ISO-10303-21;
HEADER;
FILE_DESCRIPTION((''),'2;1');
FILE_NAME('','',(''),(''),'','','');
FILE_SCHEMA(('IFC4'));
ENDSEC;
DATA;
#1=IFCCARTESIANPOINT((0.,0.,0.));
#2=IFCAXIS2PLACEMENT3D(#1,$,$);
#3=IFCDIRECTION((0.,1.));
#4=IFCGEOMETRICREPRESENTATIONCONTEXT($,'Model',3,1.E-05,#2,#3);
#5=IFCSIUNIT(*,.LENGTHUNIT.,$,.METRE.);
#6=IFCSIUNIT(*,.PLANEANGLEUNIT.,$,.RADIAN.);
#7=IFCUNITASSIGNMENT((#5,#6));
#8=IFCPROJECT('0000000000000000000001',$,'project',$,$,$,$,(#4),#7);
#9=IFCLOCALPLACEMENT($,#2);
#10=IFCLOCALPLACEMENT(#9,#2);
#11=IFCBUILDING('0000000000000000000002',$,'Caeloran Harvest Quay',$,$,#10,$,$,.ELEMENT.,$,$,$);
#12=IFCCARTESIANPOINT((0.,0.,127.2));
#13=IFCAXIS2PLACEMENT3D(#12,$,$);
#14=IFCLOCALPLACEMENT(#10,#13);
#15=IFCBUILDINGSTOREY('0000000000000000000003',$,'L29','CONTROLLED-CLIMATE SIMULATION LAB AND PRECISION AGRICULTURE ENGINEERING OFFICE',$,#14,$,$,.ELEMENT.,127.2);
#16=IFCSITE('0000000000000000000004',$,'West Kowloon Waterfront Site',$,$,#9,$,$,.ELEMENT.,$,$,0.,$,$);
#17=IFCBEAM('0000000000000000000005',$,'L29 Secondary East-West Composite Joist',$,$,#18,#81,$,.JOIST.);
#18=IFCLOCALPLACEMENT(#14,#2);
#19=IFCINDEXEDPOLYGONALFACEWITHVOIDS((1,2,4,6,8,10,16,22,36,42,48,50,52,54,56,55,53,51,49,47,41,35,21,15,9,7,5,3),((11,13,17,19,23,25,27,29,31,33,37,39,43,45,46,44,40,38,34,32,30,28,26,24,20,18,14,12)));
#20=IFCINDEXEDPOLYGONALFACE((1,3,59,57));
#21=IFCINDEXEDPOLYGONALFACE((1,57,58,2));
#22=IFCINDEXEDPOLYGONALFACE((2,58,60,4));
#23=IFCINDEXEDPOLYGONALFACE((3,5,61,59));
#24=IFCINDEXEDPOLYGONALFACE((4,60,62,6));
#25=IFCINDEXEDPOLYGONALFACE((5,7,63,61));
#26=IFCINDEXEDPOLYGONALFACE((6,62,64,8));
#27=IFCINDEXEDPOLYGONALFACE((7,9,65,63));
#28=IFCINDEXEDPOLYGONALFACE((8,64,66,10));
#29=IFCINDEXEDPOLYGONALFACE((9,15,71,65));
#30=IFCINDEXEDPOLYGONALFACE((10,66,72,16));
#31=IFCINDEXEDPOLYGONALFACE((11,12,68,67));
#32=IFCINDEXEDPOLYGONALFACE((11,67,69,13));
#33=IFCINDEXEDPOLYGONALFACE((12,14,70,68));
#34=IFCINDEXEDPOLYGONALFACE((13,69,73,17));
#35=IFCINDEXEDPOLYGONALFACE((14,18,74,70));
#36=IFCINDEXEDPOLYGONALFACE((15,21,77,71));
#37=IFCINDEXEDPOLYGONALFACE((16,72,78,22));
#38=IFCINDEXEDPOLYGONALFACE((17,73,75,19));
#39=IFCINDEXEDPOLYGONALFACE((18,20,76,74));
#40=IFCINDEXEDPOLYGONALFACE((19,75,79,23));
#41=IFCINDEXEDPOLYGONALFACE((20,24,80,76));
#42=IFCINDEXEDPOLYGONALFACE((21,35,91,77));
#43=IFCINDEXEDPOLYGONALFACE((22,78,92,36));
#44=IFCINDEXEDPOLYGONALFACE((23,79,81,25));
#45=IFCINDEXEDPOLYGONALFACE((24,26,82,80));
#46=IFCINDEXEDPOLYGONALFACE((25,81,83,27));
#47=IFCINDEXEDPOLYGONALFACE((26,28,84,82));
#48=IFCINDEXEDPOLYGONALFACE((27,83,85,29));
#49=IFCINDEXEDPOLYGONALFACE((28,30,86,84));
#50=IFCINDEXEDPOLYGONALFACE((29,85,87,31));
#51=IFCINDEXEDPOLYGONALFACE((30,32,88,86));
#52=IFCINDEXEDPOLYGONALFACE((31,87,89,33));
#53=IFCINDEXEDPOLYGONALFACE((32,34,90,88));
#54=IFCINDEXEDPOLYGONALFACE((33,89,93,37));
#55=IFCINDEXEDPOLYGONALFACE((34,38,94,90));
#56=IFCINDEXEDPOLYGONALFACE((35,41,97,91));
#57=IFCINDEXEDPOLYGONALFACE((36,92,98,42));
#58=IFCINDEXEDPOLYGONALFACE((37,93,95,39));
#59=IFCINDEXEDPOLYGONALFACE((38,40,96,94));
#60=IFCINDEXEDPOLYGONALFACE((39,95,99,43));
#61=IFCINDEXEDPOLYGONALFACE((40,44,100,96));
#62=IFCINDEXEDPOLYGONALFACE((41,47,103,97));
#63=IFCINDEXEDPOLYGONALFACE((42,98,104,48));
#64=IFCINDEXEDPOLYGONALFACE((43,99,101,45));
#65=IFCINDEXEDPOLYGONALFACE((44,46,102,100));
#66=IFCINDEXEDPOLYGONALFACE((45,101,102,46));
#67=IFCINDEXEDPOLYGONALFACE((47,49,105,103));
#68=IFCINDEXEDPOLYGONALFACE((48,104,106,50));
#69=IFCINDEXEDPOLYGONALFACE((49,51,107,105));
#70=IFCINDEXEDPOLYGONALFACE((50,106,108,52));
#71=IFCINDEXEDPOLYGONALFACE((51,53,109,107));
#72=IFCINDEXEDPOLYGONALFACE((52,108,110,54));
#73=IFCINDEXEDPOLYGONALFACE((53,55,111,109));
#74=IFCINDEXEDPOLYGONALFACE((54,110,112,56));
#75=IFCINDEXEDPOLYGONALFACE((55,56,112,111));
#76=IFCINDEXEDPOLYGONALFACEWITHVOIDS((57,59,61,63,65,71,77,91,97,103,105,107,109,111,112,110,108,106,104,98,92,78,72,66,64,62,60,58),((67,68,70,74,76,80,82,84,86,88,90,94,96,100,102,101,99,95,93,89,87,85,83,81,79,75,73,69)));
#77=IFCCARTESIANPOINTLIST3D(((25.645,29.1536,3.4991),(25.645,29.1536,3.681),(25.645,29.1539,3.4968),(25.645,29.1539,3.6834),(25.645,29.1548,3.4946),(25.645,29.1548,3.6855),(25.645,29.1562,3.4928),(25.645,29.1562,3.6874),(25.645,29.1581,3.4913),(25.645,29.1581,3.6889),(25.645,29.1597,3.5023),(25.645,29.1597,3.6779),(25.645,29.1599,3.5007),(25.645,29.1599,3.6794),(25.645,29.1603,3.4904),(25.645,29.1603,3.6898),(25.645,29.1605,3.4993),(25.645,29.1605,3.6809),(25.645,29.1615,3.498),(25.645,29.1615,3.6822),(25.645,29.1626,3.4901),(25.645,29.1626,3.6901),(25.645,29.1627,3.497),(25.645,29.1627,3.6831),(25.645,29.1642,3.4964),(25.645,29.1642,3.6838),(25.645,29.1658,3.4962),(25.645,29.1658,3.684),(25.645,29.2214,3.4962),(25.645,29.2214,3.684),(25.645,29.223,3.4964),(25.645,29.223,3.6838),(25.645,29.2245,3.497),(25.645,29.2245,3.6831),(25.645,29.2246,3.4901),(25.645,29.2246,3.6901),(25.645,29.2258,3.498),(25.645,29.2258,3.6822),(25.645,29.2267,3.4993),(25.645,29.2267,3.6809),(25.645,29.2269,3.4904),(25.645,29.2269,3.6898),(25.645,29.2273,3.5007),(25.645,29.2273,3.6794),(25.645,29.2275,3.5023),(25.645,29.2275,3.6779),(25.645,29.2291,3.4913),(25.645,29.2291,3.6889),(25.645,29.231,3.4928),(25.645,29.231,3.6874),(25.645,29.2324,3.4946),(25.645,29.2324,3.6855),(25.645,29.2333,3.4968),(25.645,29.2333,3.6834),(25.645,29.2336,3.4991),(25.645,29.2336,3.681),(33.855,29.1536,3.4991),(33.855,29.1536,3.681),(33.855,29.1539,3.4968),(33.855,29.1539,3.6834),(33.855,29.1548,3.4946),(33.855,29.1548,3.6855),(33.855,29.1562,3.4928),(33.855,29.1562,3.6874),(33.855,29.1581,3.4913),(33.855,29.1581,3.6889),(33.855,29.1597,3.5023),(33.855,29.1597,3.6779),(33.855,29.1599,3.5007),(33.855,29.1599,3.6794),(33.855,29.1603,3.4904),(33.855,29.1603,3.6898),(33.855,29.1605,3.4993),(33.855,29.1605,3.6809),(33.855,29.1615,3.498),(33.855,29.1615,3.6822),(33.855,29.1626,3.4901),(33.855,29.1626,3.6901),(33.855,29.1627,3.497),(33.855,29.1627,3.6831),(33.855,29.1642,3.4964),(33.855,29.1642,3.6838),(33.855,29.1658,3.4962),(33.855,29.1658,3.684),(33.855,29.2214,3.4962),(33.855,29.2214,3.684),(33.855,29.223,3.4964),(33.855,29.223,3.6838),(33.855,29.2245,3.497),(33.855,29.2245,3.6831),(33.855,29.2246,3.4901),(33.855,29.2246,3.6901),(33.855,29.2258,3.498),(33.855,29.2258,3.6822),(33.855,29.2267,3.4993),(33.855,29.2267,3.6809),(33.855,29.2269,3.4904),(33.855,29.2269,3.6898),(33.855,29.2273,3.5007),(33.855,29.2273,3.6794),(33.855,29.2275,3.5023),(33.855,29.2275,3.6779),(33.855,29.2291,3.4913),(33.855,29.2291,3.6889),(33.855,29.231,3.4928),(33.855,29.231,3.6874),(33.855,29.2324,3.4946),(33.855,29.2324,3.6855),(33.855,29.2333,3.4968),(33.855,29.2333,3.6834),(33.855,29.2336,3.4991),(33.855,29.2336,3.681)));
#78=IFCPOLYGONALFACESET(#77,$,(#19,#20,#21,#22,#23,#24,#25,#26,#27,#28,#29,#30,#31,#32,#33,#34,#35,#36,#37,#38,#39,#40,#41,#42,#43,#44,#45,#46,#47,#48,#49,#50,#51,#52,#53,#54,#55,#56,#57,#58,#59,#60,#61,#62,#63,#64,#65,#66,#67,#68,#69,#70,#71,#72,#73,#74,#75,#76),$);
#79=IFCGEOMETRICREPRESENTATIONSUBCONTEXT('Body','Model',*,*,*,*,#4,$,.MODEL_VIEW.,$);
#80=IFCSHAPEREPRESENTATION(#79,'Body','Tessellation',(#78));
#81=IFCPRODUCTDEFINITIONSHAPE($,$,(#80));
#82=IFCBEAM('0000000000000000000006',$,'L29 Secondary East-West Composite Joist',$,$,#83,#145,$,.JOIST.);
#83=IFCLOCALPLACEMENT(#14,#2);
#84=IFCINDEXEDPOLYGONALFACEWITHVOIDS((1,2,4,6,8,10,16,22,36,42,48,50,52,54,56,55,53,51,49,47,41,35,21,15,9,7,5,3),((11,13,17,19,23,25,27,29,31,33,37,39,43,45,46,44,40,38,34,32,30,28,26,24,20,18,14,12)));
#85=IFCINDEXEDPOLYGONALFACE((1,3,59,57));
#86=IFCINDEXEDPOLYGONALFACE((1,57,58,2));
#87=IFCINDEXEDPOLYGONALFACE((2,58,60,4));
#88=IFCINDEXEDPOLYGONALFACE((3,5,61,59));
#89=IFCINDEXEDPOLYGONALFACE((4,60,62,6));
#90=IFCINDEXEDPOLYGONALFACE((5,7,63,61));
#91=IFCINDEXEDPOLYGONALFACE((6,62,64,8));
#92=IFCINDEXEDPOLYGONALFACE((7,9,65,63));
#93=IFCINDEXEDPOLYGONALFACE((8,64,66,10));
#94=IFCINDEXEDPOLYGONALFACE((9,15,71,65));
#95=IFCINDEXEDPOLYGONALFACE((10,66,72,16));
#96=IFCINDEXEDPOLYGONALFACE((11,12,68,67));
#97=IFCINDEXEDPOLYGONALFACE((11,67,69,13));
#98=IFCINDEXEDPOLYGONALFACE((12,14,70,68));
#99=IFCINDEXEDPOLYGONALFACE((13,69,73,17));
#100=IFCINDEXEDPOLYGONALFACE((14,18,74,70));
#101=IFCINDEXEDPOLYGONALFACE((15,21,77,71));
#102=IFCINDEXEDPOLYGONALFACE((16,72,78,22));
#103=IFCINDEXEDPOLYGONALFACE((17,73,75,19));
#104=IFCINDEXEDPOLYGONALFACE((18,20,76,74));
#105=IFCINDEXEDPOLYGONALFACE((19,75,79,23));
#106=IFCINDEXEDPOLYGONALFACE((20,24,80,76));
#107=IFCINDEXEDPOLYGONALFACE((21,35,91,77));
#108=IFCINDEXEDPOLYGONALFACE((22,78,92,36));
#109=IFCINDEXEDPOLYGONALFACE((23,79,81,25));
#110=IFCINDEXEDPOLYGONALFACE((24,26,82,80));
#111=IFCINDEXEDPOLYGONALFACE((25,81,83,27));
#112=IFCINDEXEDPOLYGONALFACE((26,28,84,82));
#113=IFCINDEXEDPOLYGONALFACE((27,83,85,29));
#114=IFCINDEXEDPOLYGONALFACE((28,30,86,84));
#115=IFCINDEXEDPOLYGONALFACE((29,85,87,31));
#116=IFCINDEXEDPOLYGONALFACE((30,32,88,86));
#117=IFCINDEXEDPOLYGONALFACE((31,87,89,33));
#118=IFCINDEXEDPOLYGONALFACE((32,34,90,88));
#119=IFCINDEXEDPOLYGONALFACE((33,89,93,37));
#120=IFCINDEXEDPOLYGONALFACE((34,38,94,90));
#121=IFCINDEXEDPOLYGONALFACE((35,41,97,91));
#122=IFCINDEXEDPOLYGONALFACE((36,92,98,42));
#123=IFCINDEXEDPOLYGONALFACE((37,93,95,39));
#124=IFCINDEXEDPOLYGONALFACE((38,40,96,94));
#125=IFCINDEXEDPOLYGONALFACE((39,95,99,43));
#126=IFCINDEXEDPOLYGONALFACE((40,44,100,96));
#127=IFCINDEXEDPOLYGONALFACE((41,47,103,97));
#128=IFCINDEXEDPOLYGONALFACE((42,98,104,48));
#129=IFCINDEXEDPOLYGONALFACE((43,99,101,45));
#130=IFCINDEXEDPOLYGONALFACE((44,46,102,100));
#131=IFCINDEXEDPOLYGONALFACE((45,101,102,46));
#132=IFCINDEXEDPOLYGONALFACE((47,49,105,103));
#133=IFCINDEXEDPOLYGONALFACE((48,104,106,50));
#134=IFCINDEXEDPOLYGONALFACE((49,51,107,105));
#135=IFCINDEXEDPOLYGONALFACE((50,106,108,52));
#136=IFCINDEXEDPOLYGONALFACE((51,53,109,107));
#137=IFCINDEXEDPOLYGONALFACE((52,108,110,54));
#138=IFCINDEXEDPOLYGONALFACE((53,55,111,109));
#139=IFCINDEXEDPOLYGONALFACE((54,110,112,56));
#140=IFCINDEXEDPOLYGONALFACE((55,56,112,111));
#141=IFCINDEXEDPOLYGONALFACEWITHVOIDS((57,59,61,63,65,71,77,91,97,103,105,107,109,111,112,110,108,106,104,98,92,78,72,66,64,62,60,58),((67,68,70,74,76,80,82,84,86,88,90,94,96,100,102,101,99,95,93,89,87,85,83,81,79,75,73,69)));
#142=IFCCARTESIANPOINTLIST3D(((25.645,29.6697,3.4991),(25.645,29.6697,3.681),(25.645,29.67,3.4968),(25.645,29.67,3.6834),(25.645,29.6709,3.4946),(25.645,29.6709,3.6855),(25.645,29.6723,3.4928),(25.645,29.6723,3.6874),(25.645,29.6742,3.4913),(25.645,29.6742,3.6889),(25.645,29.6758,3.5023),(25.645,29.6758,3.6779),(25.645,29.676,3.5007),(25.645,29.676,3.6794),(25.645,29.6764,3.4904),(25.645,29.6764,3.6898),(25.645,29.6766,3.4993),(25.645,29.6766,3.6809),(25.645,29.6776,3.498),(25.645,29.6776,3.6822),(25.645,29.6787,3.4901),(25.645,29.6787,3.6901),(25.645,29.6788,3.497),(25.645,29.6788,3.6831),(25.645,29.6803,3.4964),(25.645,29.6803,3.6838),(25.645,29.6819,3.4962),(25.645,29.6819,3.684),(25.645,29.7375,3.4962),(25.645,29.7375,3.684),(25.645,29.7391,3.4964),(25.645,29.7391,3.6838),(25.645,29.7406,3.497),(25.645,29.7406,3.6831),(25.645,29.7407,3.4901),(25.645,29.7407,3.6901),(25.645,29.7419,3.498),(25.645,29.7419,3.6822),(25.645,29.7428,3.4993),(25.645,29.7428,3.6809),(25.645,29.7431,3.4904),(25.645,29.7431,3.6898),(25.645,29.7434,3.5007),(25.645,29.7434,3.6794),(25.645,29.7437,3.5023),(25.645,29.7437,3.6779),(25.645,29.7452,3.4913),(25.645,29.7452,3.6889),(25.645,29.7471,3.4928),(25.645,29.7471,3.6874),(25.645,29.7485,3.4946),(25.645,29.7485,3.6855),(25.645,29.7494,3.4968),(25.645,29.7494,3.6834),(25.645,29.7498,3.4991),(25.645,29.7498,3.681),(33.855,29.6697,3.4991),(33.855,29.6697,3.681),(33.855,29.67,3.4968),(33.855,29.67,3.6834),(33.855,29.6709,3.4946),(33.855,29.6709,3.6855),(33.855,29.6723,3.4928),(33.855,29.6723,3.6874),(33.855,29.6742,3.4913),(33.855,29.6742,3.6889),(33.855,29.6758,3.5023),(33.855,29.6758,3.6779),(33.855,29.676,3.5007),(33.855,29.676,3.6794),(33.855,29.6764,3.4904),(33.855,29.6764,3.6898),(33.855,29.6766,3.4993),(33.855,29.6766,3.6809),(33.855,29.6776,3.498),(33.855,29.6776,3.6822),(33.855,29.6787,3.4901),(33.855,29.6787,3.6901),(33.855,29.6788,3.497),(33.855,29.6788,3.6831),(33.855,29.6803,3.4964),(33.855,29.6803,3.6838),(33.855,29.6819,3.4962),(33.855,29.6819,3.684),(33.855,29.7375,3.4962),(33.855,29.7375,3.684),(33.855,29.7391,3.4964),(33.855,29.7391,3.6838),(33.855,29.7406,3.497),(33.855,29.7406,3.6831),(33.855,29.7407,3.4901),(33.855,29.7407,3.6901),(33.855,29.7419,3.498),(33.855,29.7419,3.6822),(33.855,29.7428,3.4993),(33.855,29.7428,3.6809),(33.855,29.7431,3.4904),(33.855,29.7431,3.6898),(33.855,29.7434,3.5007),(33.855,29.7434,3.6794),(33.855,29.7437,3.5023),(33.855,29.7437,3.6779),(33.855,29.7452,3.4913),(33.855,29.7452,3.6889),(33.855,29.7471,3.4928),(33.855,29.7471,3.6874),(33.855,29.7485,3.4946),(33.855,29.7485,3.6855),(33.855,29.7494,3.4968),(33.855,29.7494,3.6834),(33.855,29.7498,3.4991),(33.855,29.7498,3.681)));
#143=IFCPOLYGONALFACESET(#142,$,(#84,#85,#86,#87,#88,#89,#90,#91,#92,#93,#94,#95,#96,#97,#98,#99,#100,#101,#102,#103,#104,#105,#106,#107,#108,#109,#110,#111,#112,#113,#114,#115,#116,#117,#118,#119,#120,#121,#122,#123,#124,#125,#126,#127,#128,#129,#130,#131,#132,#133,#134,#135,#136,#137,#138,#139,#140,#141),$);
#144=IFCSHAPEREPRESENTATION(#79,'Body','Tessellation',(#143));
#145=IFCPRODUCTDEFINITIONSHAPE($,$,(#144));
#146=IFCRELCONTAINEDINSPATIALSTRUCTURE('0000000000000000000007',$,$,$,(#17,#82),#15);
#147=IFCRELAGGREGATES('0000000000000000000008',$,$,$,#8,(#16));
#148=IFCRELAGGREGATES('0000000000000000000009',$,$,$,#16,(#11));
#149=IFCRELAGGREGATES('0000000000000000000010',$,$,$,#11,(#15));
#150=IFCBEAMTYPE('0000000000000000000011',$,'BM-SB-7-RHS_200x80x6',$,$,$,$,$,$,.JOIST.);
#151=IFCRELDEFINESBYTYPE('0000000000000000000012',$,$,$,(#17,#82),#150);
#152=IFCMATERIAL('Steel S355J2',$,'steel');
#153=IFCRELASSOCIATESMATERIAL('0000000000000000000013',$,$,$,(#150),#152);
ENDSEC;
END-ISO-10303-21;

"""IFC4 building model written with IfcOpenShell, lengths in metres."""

from ifc_helpers import new_model, si_unit, direction, frame, origin, origin_2d, place, context, subcontext, project, spatial, hollow_rectangle, extrude, material, material_profile, profile_set, type_object, element, save


model = new_model("IFC4")

# Units and contexts
model_context = context("Model", 3, precision=1e-05, world=origin(), true_north=direction((0.0, 1.0)))
body_context = subcontext(model_context, "Body", "Model", "MODEL_VIEW")
ifc_project = project(units=[si_unit("LENGTHUNIT", "METRE"), si_unit("PLANEANGLEUNIT", "RADIAN")], contexts=[model_context])

# Site, building, storey
site_placement = place(None, origin())
site = spatial("IfcSite", under=ifc_project, at=site_placement, Name="West Kowloon Waterfront Site", CompositionType="ELEMENT", RefElevation=0.0)
building_placement = place(site_placement, origin())
building = spatial("IfcBuilding", under=site, at=building_placement, Name="Caeloran Harvest Quay", CompositionType="ELEMENT")
storey_placement = place(building_placement, frame((0.0, 0.0, 127.2)))
storey = spatial("IfcBuildingStorey", under=building, at=storey_placement, Name="L29", Description="CONTROLLED-CLIMATE SIMULATION LAB AND PRECISION AGRICULTURE ENGINEERING OFFICE", CompositionType="ELEMENT", Elevation=127.2)

# Beams
ifc_material = material(Name="Steel S355J2", Category="steel")
ifc_material_profile_1 = material_profile(ifc_material, hollow_rectangle(XDim=0.0801, YDim=0.2, WallThickness=0.0061, InnerFilletRadius=0.0061, OuterFilletRadius=0.009, at=origin_2d()), Name="RHS 200x80x6")
ifc_profile_set_1 = profile_set([ifc_material_profile_1], Name="Steel S355J2")
beam_type_1 = type_object("IfcBeamType", Name="BM-SB-7-RHS_200x80x6", PredefinedType="JOIST", material=ifc_profile_set_1)
for number, where, z_axis, x_axis, name in (
    (1, (25.645, 29.1936, 3.5901), (1.0, 0.0, 0.0), (0.0, 1.0, 0.0), "L29 Secondary East-West Composite Joist"),
    (2, (25.645, 29.7097, 3.5901), (1.0, 0.0, 0.0), (0.0, 1.0, 0.0), "L29 Secondary East-West Composite Joist"),
):
    element("IfcBeam", number, at=place(storey_placement, frame(where, z_axis=z_axis, x_axis=x_axis)), inside=storey, type_object=beam_type_1, Name=name, PredefinedType="JOIST", context=body_context, shape_type="SweptSolid", body=[
        extrude(hollow_rectangle(XDim=0.0801, YDim=0.2, WallThickness=0.0061, InnerFilletRadius=0.0061, OuterFilletRadius=0.009, at=origin_2d()), origin(), (0.0, 0.0, 1.0), 8.21),
    ])

save(model, "model.ifc")
